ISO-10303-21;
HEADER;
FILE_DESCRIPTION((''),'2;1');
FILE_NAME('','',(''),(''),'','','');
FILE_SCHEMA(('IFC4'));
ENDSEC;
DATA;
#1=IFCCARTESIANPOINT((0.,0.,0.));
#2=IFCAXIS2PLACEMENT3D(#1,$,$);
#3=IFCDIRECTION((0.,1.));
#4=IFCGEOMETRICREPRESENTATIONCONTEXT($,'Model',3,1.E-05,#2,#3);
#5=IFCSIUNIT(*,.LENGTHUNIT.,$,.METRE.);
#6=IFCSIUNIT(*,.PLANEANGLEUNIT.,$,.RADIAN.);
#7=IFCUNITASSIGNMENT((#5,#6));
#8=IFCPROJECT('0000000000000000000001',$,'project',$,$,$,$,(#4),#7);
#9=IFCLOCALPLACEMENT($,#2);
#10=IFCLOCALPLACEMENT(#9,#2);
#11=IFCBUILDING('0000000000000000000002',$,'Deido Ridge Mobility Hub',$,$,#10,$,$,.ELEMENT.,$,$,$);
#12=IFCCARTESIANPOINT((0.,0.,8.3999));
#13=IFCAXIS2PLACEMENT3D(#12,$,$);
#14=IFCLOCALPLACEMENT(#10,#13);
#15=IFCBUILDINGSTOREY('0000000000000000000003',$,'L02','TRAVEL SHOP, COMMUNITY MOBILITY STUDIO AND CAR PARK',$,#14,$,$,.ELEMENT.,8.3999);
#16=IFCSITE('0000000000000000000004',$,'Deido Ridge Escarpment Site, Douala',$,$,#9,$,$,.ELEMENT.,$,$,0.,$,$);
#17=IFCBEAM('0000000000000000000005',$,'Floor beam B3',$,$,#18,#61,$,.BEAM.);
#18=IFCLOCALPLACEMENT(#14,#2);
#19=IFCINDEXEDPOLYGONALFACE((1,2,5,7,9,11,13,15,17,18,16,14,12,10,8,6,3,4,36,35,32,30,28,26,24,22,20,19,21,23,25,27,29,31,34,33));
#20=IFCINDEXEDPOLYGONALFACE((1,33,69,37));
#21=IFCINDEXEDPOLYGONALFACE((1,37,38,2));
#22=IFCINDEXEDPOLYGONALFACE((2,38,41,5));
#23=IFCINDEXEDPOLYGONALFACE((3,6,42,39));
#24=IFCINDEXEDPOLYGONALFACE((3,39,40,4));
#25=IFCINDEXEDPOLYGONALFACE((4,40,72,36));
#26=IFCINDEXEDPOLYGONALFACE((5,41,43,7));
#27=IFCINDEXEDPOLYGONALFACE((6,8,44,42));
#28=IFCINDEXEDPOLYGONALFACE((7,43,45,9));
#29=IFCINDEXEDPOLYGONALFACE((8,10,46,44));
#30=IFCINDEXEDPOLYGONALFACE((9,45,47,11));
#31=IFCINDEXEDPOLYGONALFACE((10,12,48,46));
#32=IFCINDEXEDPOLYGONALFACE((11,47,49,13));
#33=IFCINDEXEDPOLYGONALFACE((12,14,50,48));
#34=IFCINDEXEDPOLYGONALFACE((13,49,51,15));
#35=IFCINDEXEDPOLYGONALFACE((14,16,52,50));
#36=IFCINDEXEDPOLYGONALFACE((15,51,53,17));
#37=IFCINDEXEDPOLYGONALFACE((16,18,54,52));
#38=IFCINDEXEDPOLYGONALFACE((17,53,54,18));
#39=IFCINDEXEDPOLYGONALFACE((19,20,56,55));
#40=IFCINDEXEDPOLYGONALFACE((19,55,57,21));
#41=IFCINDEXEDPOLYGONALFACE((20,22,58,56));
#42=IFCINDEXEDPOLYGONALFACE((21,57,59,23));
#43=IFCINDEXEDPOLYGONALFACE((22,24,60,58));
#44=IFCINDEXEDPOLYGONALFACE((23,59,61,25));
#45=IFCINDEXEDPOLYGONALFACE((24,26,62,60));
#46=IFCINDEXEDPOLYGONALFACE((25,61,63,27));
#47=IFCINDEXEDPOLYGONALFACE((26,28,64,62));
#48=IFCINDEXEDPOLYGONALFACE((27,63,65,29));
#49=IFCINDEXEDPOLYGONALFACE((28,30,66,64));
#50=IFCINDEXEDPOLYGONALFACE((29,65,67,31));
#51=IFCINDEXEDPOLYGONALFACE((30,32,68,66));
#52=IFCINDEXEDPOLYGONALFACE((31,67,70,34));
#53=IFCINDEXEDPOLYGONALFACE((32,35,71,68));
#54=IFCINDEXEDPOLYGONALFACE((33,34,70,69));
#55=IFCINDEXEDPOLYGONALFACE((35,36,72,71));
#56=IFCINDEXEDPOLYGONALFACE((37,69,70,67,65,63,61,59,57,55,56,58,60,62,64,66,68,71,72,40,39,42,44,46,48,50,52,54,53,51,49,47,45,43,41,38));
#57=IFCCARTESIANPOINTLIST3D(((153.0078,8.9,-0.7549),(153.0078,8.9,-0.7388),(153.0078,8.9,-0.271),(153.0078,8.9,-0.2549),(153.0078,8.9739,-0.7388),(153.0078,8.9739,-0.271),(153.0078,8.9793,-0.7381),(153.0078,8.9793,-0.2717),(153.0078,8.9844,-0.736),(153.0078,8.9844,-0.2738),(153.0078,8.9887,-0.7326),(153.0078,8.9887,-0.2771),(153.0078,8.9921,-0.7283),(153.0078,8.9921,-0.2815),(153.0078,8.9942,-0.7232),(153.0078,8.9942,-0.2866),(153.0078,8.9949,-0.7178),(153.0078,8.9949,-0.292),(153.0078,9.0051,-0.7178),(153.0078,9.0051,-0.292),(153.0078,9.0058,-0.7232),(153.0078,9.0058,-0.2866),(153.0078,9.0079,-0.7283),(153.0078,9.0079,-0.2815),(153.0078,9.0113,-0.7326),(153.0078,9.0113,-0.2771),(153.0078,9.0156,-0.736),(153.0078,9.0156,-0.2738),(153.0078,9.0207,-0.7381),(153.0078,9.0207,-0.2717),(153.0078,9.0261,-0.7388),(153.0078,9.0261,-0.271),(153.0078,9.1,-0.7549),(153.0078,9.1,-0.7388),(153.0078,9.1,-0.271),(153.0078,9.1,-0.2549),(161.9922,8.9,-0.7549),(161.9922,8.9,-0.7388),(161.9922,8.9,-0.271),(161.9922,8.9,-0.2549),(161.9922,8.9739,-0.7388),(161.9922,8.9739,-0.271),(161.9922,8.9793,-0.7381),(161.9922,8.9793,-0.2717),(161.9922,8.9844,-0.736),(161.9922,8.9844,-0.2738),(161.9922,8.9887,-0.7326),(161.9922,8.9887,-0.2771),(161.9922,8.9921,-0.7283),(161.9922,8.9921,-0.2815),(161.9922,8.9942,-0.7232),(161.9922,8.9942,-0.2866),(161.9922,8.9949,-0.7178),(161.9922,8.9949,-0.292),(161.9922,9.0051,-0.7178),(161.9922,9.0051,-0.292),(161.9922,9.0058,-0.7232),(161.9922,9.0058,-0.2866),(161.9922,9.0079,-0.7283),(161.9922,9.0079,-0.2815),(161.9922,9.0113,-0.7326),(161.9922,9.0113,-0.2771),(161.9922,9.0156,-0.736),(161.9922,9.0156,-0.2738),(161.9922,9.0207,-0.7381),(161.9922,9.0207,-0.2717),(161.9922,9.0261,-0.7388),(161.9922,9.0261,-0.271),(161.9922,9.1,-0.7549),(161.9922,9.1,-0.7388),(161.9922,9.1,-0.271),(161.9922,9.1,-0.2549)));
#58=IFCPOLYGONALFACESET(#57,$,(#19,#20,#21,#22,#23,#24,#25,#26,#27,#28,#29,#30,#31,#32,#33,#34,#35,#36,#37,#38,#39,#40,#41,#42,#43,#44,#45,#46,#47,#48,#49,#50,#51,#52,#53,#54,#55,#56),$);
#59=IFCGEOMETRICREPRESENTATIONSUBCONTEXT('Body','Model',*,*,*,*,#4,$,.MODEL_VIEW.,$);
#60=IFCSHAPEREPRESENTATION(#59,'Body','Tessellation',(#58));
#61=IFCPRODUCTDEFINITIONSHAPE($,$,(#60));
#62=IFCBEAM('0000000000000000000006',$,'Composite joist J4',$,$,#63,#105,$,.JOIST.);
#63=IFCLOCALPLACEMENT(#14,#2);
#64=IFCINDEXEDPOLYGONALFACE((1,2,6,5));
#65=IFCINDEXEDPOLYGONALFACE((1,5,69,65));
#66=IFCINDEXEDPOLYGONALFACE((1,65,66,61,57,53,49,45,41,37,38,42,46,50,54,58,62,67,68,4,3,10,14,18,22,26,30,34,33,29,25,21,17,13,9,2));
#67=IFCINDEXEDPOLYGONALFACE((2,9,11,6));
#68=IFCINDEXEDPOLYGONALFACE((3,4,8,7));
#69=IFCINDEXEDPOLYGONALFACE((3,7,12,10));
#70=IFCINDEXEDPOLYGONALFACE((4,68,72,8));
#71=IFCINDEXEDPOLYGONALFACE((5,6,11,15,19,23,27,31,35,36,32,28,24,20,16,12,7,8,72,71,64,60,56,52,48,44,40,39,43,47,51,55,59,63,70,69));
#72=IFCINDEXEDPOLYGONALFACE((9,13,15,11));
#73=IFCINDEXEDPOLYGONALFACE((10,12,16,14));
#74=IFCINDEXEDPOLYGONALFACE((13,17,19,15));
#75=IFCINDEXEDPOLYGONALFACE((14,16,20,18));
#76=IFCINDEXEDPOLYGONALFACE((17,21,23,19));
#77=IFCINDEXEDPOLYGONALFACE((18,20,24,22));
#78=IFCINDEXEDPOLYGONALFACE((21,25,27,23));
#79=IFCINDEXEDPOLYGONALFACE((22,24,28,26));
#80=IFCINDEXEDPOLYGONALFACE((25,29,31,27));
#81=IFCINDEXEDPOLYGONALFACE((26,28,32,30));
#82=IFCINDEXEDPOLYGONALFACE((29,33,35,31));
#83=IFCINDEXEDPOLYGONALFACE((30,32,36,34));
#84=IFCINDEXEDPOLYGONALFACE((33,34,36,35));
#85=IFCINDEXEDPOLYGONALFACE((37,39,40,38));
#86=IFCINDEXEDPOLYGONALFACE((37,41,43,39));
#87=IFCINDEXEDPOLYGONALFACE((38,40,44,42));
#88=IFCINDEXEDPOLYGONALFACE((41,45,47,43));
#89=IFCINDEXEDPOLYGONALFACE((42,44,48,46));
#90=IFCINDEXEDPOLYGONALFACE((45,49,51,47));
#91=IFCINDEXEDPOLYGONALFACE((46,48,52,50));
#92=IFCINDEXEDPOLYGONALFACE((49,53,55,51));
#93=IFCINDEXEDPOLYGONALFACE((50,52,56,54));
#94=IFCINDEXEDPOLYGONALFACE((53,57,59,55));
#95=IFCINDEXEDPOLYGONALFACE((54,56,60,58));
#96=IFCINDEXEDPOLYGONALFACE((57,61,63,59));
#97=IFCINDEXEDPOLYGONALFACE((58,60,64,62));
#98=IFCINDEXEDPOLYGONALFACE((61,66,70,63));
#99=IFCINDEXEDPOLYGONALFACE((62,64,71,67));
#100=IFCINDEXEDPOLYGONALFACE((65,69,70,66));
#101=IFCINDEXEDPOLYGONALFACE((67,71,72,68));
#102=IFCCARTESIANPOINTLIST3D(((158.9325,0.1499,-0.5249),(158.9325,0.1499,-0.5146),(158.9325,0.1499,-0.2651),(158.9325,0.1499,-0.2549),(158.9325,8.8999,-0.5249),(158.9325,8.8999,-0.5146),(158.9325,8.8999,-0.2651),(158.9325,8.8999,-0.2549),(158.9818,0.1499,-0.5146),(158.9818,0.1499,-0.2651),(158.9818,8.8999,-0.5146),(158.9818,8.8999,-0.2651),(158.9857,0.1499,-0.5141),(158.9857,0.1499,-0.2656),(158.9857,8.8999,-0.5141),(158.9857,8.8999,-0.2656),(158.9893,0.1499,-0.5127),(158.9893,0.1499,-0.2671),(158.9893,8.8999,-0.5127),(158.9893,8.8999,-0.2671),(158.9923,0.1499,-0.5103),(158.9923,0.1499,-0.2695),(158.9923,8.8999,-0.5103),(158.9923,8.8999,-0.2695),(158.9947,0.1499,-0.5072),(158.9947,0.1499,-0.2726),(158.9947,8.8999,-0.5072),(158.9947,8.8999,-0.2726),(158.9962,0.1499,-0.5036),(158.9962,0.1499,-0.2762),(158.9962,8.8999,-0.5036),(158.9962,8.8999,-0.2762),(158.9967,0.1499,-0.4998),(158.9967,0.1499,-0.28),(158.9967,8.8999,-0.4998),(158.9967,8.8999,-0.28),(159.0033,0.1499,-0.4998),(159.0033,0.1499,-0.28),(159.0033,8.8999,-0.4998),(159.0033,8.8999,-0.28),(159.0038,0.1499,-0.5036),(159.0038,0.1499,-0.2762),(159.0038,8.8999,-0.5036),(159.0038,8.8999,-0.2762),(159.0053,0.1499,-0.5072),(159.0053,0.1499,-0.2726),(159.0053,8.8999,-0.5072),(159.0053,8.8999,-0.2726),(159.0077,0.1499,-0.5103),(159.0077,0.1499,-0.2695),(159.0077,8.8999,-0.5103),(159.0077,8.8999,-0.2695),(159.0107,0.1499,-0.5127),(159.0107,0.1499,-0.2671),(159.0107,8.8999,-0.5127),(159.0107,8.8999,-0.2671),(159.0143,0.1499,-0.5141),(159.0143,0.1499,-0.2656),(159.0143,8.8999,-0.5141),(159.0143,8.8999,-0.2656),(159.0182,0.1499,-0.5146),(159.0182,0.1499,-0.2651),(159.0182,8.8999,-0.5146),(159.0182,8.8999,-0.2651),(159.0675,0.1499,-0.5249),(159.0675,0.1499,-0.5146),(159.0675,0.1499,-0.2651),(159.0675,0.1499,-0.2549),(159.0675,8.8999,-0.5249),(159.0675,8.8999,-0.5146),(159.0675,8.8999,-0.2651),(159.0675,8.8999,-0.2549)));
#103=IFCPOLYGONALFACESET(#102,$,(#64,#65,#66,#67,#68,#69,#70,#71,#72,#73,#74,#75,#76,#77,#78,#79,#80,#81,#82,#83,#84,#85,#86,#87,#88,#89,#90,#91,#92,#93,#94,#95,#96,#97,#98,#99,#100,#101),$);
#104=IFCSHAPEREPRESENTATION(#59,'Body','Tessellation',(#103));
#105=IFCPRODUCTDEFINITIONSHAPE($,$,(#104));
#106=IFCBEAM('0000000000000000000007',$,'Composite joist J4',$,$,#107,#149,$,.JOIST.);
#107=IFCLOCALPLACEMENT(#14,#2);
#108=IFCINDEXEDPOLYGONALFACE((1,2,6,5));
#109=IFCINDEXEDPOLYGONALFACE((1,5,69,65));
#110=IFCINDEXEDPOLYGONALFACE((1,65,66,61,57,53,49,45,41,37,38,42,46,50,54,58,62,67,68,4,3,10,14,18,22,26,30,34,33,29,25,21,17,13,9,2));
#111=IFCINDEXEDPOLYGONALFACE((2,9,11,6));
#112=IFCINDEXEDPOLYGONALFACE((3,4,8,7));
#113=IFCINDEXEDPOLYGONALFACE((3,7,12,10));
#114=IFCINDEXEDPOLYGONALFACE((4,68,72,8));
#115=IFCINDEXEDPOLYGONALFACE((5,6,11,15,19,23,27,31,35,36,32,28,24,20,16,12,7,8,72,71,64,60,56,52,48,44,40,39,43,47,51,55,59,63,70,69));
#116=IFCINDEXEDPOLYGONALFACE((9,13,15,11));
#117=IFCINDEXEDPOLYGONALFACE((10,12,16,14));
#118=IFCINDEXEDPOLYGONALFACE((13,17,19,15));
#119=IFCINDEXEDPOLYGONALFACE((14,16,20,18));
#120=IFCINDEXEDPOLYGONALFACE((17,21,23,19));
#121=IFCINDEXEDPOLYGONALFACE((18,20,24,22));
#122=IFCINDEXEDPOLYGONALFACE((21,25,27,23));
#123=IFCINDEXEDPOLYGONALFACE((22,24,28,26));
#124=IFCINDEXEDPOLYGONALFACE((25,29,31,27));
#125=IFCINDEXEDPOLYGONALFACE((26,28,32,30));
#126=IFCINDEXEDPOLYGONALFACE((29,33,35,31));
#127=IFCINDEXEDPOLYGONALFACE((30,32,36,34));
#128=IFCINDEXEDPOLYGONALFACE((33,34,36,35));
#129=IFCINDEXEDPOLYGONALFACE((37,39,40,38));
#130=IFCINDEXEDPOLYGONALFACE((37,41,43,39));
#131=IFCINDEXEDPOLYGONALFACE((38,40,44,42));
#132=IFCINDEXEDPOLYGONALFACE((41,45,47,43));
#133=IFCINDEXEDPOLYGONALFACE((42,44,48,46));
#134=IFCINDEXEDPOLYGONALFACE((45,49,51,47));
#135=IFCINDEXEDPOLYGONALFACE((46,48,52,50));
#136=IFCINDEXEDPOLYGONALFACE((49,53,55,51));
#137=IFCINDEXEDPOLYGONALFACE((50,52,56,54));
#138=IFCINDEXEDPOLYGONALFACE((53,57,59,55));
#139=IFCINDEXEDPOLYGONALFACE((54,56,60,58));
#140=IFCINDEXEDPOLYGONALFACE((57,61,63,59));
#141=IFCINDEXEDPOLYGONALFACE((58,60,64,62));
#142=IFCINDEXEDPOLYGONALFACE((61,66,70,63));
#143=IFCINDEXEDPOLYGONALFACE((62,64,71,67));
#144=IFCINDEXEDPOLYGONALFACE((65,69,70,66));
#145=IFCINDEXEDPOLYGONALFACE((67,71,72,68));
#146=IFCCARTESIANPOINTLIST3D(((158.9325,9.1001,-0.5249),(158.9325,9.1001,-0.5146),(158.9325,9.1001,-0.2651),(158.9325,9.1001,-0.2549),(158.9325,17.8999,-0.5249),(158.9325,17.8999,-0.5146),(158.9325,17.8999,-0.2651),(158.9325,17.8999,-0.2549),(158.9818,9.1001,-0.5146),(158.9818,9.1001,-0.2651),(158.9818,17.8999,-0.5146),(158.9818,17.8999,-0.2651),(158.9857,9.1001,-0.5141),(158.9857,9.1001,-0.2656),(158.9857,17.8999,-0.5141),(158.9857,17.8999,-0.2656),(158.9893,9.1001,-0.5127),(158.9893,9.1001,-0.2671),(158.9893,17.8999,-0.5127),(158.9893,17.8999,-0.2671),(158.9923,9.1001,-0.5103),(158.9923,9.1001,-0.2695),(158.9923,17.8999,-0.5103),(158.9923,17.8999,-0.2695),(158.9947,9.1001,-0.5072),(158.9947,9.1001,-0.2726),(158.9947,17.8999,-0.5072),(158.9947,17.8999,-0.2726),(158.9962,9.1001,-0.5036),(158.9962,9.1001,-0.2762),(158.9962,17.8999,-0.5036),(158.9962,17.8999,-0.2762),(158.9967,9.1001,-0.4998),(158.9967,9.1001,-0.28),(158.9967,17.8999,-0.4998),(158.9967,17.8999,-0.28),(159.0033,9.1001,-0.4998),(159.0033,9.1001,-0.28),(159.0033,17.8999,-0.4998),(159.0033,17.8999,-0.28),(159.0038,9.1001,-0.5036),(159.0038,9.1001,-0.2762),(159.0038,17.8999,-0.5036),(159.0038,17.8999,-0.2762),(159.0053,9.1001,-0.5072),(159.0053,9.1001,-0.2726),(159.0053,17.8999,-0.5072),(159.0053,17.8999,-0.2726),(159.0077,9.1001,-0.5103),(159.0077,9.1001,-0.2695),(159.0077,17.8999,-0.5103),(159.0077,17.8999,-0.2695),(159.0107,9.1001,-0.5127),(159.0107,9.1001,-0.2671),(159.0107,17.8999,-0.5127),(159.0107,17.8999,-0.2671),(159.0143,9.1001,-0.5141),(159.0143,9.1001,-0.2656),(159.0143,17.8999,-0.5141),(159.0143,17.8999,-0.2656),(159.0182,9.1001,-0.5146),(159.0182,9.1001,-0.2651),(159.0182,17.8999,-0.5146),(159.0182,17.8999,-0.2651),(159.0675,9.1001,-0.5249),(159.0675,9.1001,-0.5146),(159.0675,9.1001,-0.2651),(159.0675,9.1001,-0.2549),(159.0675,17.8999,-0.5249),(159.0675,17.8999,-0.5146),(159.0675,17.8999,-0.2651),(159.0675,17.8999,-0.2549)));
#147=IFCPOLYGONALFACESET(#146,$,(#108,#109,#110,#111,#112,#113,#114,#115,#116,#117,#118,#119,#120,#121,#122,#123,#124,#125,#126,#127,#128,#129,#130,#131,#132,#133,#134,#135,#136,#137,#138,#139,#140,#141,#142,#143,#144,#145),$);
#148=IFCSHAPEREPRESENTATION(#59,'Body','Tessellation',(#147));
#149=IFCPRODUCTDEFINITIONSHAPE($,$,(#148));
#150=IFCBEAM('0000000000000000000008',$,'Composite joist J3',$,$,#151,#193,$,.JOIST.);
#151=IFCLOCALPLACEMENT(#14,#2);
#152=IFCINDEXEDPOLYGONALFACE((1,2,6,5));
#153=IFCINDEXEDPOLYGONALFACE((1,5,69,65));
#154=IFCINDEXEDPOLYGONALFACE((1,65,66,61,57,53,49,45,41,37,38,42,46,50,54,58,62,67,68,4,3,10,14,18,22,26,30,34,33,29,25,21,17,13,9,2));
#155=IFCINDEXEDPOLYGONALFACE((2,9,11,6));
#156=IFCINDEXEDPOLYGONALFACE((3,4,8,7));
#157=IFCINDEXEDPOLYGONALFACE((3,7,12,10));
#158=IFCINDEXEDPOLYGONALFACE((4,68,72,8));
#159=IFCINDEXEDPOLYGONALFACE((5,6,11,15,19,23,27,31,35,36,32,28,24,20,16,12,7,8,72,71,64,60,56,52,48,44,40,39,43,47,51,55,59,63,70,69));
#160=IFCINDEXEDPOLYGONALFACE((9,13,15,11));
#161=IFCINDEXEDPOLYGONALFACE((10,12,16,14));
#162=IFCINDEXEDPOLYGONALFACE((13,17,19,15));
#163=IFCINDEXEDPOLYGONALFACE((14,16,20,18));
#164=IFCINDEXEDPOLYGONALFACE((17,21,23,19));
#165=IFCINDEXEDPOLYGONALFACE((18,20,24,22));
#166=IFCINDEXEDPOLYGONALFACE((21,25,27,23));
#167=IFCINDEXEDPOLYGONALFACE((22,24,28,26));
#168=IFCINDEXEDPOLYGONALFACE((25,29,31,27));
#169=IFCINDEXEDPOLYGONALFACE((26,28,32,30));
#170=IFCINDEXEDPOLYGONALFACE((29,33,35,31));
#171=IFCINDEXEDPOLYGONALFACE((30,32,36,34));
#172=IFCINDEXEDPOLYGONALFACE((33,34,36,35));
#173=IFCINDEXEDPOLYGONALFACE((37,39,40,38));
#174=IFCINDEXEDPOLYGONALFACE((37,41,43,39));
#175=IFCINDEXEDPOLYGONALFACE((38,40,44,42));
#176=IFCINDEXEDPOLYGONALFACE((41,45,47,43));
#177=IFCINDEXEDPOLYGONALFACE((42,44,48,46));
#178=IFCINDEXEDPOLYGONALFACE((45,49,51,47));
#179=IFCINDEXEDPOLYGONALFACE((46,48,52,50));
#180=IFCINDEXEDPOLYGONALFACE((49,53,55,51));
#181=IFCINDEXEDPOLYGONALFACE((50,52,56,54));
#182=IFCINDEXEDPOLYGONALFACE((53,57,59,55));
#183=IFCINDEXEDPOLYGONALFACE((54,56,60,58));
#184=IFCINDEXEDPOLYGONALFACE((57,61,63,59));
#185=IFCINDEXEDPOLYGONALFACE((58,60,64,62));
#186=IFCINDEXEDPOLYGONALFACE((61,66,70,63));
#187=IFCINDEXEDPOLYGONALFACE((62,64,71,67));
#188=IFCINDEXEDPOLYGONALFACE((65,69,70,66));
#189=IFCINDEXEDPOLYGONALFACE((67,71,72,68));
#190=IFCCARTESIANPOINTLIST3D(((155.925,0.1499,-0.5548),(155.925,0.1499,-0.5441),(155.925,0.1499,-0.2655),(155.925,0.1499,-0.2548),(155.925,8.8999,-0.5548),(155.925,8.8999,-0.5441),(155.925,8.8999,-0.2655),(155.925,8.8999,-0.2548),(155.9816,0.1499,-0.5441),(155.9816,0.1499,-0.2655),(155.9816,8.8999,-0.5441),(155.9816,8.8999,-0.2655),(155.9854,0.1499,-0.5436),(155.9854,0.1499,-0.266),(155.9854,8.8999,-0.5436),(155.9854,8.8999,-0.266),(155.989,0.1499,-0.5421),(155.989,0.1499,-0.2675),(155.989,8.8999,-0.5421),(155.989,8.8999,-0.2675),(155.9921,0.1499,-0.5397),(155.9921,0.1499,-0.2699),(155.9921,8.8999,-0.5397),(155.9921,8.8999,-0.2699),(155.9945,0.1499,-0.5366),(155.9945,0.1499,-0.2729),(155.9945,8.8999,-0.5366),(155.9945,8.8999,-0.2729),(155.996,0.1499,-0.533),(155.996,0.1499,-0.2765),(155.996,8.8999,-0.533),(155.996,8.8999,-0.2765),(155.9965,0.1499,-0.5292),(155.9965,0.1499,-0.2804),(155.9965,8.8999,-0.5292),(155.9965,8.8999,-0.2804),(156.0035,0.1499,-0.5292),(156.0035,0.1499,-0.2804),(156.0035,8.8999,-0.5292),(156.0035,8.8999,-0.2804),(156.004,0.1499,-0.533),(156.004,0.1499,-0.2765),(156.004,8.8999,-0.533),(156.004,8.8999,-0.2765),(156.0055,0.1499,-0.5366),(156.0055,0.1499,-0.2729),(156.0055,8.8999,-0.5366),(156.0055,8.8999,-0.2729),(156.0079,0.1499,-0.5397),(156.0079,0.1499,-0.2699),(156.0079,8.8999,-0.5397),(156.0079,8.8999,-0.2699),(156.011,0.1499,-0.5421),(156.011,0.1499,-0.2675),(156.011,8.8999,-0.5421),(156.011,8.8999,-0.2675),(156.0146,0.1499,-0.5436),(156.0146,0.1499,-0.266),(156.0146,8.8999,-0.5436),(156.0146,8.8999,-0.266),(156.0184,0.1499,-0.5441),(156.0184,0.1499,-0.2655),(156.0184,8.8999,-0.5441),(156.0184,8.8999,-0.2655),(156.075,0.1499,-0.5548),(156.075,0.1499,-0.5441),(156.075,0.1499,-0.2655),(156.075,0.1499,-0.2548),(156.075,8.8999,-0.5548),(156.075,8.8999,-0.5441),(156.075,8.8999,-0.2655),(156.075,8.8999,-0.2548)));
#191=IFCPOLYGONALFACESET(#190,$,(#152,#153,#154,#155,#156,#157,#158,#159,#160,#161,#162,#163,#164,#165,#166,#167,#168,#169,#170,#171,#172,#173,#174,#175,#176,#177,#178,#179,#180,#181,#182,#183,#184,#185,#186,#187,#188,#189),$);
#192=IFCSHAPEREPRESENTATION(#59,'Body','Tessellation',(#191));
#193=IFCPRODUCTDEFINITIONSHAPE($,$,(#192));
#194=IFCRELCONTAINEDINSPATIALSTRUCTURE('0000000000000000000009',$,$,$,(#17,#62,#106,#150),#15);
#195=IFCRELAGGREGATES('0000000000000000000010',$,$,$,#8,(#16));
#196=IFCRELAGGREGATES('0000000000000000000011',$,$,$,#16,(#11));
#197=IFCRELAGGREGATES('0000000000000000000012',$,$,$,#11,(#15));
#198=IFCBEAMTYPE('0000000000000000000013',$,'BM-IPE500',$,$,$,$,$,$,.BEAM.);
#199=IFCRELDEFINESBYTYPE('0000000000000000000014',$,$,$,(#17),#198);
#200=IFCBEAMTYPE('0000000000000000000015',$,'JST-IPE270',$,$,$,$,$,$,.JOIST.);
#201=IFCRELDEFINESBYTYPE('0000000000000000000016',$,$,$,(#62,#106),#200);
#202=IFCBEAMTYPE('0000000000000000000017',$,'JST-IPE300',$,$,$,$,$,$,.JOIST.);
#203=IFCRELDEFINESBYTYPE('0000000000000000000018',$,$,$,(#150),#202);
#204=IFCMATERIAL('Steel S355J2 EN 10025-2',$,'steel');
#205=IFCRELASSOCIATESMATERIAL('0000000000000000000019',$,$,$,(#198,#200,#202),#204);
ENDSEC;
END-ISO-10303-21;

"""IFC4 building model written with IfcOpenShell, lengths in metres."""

from ifc_helpers import new_model, si_unit, direction, frame, origin, origin_2d, place, context, subcontext, project, spatial, i_section, extrude, material, material_profile, profile_set, type_object, element, save


model = new_model("IFC4")

# Units and contexts
model_context = context("Model", 3, precision=1e-05, world=origin(), true_north=direction((0.0, 1.0)))
body_context = subcontext(model_context, "Body", "Model", "MODEL_VIEW")
ifc_project = project(units=[si_unit("LENGTHUNIT", "METRE"), si_unit("PLANEANGLEUNIT", "RADIAN")], contexts=[model_context])

# Site, building, storey
site_placement = place(None, origin())
site = spatial("IfcSite", under=ifc_project, at=site_placement, Name="Deido Ridge Escarpment Site, Douala", CompositionType="ELEMENT", RefElevation=0.0)
building_placement = place(site_placement, origin())
building = spatial("IfcBuilding", under=site, at=building_placement, Name="Deido Ridge Mobility Hub", CompositionType="ELEMENT")
storey_placement = place(building_placement, frame((0.0, 0.0, 8.3999)))
storey = spatial("IfcBuildingStorey", under=building, at=storey_placement, Name="L02", Description="TRAVEL SHOP, COMMUNITY MOBILITY STUDIO AND CAR PARK", CompositionType="ELEMENT", Elevation=8.3999)

# Shared definitions
ifc_material_1 = material(Name="Steel S355J2 EN 10025-2", Category="steel")

# Beams
ifc_material_profile_1 = material_profile(ifc_material_1, i_section(OverallWidth=0.2, OverallDepth=0.5, WebThickness=0.0103, FlangeThickness=0.0161, FilletRadius=0.021, at=origin_2d()), Name="IPE 500")
ifc_profile_set_1 = profile_set([ifc_material_profile_1], Name="Steel S355J2 EN 10025-2")
beam_type_1 = type_object("IfcBeamType", Name="BM-IPE500", PredefinedType="BEAM", material=ifc_profile_set_1)
for number, where, z_axis, x_axis, name in (
    (1, (153.0078, 9.0, -0.5049), (1.0, 0.0, 0.0), (0.0, 1.0, 0.0), "Floor beam B3"),
):
    element("IfcBeam", number, at=place(storey_placement, frame(where, z_axis=z_axis, x_axis=x_axis)), inside=storey, type_object=beam_type_1, Name=name, PredefinedType="BEAM", context=body_context, shape_type="SweptSolid", body=[
        extrude(i_section(OverallWidth=0.2, OverallDepth=0.5, WebThickness=0.0103, FlangeThickness=0.0161, FilletRadius=0.021, at=origin_2d()), origin(), (0.0, 0.0, 1.0), 8.9844),
    ])
ifc_material_profile_2 = material_profile(ifc_material_1, i_section(OverallWidth=0.135, OverallDepth=0.27, WebThickness=0.0066, FlangeThickness=0.0103, FilletRadius=0.0149, at=origin_2d()), Name="IPE 270")
ifc_profile_set_2 = profile_set([ifc_material_profile_2], Name="Steel S355J2 EN 10025-2")
beam_type_2 = type_object("IfcBeamType", Name="JST-IPE270", PredefinedType="JOIST", material=ifc_profile_set_2)
beam_1_placement = place(storey_placement, frame((159.0, 0.1499, -0.3899), z_axis=(0.0, 1.0, 0.0), x_axis=(-1.0, 0.0, 0.0)))
element("IfcBeam", 2, at=beam_1_placement, inside=storey, type_object=beam_type_2, Name="Composite joist J4", PredefinedType="JOIST", context=body_context, shape_type="SweptSolid", body=[
    extrude(i_section(OverallWidth=0.135, OverallDepth=0.27, WebThickness=0.0066, FlangeThickness=0.0103, FilletRadius=0.0149, at=origin_2d()), origin(), (0.0, 0.0, 1.0), 8.75),
])
beam_2_placement = place(storey_placement, frame((159.0, 9.1001, -0.3899), z_axis=(0.0, 1.0, 0.0), x_axis=(-1.0, 0.0, 0.0)))
element("IfcBeam", 3, at=beam_2_placement, inside=storey, type_object=beam_type_2, Name="Composite joist J4", PredefinedType="JOIST", context=body_context, shape_type="SweptSolid", body=[
    extrude(i_section(OverallWidth=0.135, OverallDepth=0.27, WebThickness=0.0066, FlangeThickness=0.0103, FilletRadius=0.0149, at=origin_2d()), origin(), (0.0, 0.0, 1.0), 8.7998),
])
ifc_material_profile_3 = material_profile(ifc_material_1, i_section(OverallWidth=0.1499, OverallDepth=0.3, WebThickness=0.0071, FlangeThickness=0.0107, FilletRadius=0.0149, at=origin_2d()), Name="IPE 300")
ifc_profile_set_3 = profile_set([ifc_material_profile_3], Name="Steel S355J2 EN 10025-2")
beam_type_3 = type_object("IfcBeamType", Name="JST-IPE300", PredefinedType="JOIST", material=ifc_profile_set_3)
beam_3_placement = place(storey_placement, frame((156.0, 0.1499, -0.4048), z_axis=(0.0, 1.0, 0.0), x_axis=(-1.0, 0.0, 0.0)))
element("IfcBeam", 4, at=beam_3_placement, inside=storey, type_object=beam_type_3, Name="Composite joist J3", PredefinedType="JOIST", context=body_context, shape_type="SweptSolid", body=[
    extrude(i_section(OverallWidth=0.1499, OverallDepth=0.3, WebThickness=0.0071, FlangeThickness=0.0107, FilletRadius=0.0149, at=origin_2d()), origin(), (0.0, 0.0, 1.0), 8.75),
])

save(model, "model.ifc")
